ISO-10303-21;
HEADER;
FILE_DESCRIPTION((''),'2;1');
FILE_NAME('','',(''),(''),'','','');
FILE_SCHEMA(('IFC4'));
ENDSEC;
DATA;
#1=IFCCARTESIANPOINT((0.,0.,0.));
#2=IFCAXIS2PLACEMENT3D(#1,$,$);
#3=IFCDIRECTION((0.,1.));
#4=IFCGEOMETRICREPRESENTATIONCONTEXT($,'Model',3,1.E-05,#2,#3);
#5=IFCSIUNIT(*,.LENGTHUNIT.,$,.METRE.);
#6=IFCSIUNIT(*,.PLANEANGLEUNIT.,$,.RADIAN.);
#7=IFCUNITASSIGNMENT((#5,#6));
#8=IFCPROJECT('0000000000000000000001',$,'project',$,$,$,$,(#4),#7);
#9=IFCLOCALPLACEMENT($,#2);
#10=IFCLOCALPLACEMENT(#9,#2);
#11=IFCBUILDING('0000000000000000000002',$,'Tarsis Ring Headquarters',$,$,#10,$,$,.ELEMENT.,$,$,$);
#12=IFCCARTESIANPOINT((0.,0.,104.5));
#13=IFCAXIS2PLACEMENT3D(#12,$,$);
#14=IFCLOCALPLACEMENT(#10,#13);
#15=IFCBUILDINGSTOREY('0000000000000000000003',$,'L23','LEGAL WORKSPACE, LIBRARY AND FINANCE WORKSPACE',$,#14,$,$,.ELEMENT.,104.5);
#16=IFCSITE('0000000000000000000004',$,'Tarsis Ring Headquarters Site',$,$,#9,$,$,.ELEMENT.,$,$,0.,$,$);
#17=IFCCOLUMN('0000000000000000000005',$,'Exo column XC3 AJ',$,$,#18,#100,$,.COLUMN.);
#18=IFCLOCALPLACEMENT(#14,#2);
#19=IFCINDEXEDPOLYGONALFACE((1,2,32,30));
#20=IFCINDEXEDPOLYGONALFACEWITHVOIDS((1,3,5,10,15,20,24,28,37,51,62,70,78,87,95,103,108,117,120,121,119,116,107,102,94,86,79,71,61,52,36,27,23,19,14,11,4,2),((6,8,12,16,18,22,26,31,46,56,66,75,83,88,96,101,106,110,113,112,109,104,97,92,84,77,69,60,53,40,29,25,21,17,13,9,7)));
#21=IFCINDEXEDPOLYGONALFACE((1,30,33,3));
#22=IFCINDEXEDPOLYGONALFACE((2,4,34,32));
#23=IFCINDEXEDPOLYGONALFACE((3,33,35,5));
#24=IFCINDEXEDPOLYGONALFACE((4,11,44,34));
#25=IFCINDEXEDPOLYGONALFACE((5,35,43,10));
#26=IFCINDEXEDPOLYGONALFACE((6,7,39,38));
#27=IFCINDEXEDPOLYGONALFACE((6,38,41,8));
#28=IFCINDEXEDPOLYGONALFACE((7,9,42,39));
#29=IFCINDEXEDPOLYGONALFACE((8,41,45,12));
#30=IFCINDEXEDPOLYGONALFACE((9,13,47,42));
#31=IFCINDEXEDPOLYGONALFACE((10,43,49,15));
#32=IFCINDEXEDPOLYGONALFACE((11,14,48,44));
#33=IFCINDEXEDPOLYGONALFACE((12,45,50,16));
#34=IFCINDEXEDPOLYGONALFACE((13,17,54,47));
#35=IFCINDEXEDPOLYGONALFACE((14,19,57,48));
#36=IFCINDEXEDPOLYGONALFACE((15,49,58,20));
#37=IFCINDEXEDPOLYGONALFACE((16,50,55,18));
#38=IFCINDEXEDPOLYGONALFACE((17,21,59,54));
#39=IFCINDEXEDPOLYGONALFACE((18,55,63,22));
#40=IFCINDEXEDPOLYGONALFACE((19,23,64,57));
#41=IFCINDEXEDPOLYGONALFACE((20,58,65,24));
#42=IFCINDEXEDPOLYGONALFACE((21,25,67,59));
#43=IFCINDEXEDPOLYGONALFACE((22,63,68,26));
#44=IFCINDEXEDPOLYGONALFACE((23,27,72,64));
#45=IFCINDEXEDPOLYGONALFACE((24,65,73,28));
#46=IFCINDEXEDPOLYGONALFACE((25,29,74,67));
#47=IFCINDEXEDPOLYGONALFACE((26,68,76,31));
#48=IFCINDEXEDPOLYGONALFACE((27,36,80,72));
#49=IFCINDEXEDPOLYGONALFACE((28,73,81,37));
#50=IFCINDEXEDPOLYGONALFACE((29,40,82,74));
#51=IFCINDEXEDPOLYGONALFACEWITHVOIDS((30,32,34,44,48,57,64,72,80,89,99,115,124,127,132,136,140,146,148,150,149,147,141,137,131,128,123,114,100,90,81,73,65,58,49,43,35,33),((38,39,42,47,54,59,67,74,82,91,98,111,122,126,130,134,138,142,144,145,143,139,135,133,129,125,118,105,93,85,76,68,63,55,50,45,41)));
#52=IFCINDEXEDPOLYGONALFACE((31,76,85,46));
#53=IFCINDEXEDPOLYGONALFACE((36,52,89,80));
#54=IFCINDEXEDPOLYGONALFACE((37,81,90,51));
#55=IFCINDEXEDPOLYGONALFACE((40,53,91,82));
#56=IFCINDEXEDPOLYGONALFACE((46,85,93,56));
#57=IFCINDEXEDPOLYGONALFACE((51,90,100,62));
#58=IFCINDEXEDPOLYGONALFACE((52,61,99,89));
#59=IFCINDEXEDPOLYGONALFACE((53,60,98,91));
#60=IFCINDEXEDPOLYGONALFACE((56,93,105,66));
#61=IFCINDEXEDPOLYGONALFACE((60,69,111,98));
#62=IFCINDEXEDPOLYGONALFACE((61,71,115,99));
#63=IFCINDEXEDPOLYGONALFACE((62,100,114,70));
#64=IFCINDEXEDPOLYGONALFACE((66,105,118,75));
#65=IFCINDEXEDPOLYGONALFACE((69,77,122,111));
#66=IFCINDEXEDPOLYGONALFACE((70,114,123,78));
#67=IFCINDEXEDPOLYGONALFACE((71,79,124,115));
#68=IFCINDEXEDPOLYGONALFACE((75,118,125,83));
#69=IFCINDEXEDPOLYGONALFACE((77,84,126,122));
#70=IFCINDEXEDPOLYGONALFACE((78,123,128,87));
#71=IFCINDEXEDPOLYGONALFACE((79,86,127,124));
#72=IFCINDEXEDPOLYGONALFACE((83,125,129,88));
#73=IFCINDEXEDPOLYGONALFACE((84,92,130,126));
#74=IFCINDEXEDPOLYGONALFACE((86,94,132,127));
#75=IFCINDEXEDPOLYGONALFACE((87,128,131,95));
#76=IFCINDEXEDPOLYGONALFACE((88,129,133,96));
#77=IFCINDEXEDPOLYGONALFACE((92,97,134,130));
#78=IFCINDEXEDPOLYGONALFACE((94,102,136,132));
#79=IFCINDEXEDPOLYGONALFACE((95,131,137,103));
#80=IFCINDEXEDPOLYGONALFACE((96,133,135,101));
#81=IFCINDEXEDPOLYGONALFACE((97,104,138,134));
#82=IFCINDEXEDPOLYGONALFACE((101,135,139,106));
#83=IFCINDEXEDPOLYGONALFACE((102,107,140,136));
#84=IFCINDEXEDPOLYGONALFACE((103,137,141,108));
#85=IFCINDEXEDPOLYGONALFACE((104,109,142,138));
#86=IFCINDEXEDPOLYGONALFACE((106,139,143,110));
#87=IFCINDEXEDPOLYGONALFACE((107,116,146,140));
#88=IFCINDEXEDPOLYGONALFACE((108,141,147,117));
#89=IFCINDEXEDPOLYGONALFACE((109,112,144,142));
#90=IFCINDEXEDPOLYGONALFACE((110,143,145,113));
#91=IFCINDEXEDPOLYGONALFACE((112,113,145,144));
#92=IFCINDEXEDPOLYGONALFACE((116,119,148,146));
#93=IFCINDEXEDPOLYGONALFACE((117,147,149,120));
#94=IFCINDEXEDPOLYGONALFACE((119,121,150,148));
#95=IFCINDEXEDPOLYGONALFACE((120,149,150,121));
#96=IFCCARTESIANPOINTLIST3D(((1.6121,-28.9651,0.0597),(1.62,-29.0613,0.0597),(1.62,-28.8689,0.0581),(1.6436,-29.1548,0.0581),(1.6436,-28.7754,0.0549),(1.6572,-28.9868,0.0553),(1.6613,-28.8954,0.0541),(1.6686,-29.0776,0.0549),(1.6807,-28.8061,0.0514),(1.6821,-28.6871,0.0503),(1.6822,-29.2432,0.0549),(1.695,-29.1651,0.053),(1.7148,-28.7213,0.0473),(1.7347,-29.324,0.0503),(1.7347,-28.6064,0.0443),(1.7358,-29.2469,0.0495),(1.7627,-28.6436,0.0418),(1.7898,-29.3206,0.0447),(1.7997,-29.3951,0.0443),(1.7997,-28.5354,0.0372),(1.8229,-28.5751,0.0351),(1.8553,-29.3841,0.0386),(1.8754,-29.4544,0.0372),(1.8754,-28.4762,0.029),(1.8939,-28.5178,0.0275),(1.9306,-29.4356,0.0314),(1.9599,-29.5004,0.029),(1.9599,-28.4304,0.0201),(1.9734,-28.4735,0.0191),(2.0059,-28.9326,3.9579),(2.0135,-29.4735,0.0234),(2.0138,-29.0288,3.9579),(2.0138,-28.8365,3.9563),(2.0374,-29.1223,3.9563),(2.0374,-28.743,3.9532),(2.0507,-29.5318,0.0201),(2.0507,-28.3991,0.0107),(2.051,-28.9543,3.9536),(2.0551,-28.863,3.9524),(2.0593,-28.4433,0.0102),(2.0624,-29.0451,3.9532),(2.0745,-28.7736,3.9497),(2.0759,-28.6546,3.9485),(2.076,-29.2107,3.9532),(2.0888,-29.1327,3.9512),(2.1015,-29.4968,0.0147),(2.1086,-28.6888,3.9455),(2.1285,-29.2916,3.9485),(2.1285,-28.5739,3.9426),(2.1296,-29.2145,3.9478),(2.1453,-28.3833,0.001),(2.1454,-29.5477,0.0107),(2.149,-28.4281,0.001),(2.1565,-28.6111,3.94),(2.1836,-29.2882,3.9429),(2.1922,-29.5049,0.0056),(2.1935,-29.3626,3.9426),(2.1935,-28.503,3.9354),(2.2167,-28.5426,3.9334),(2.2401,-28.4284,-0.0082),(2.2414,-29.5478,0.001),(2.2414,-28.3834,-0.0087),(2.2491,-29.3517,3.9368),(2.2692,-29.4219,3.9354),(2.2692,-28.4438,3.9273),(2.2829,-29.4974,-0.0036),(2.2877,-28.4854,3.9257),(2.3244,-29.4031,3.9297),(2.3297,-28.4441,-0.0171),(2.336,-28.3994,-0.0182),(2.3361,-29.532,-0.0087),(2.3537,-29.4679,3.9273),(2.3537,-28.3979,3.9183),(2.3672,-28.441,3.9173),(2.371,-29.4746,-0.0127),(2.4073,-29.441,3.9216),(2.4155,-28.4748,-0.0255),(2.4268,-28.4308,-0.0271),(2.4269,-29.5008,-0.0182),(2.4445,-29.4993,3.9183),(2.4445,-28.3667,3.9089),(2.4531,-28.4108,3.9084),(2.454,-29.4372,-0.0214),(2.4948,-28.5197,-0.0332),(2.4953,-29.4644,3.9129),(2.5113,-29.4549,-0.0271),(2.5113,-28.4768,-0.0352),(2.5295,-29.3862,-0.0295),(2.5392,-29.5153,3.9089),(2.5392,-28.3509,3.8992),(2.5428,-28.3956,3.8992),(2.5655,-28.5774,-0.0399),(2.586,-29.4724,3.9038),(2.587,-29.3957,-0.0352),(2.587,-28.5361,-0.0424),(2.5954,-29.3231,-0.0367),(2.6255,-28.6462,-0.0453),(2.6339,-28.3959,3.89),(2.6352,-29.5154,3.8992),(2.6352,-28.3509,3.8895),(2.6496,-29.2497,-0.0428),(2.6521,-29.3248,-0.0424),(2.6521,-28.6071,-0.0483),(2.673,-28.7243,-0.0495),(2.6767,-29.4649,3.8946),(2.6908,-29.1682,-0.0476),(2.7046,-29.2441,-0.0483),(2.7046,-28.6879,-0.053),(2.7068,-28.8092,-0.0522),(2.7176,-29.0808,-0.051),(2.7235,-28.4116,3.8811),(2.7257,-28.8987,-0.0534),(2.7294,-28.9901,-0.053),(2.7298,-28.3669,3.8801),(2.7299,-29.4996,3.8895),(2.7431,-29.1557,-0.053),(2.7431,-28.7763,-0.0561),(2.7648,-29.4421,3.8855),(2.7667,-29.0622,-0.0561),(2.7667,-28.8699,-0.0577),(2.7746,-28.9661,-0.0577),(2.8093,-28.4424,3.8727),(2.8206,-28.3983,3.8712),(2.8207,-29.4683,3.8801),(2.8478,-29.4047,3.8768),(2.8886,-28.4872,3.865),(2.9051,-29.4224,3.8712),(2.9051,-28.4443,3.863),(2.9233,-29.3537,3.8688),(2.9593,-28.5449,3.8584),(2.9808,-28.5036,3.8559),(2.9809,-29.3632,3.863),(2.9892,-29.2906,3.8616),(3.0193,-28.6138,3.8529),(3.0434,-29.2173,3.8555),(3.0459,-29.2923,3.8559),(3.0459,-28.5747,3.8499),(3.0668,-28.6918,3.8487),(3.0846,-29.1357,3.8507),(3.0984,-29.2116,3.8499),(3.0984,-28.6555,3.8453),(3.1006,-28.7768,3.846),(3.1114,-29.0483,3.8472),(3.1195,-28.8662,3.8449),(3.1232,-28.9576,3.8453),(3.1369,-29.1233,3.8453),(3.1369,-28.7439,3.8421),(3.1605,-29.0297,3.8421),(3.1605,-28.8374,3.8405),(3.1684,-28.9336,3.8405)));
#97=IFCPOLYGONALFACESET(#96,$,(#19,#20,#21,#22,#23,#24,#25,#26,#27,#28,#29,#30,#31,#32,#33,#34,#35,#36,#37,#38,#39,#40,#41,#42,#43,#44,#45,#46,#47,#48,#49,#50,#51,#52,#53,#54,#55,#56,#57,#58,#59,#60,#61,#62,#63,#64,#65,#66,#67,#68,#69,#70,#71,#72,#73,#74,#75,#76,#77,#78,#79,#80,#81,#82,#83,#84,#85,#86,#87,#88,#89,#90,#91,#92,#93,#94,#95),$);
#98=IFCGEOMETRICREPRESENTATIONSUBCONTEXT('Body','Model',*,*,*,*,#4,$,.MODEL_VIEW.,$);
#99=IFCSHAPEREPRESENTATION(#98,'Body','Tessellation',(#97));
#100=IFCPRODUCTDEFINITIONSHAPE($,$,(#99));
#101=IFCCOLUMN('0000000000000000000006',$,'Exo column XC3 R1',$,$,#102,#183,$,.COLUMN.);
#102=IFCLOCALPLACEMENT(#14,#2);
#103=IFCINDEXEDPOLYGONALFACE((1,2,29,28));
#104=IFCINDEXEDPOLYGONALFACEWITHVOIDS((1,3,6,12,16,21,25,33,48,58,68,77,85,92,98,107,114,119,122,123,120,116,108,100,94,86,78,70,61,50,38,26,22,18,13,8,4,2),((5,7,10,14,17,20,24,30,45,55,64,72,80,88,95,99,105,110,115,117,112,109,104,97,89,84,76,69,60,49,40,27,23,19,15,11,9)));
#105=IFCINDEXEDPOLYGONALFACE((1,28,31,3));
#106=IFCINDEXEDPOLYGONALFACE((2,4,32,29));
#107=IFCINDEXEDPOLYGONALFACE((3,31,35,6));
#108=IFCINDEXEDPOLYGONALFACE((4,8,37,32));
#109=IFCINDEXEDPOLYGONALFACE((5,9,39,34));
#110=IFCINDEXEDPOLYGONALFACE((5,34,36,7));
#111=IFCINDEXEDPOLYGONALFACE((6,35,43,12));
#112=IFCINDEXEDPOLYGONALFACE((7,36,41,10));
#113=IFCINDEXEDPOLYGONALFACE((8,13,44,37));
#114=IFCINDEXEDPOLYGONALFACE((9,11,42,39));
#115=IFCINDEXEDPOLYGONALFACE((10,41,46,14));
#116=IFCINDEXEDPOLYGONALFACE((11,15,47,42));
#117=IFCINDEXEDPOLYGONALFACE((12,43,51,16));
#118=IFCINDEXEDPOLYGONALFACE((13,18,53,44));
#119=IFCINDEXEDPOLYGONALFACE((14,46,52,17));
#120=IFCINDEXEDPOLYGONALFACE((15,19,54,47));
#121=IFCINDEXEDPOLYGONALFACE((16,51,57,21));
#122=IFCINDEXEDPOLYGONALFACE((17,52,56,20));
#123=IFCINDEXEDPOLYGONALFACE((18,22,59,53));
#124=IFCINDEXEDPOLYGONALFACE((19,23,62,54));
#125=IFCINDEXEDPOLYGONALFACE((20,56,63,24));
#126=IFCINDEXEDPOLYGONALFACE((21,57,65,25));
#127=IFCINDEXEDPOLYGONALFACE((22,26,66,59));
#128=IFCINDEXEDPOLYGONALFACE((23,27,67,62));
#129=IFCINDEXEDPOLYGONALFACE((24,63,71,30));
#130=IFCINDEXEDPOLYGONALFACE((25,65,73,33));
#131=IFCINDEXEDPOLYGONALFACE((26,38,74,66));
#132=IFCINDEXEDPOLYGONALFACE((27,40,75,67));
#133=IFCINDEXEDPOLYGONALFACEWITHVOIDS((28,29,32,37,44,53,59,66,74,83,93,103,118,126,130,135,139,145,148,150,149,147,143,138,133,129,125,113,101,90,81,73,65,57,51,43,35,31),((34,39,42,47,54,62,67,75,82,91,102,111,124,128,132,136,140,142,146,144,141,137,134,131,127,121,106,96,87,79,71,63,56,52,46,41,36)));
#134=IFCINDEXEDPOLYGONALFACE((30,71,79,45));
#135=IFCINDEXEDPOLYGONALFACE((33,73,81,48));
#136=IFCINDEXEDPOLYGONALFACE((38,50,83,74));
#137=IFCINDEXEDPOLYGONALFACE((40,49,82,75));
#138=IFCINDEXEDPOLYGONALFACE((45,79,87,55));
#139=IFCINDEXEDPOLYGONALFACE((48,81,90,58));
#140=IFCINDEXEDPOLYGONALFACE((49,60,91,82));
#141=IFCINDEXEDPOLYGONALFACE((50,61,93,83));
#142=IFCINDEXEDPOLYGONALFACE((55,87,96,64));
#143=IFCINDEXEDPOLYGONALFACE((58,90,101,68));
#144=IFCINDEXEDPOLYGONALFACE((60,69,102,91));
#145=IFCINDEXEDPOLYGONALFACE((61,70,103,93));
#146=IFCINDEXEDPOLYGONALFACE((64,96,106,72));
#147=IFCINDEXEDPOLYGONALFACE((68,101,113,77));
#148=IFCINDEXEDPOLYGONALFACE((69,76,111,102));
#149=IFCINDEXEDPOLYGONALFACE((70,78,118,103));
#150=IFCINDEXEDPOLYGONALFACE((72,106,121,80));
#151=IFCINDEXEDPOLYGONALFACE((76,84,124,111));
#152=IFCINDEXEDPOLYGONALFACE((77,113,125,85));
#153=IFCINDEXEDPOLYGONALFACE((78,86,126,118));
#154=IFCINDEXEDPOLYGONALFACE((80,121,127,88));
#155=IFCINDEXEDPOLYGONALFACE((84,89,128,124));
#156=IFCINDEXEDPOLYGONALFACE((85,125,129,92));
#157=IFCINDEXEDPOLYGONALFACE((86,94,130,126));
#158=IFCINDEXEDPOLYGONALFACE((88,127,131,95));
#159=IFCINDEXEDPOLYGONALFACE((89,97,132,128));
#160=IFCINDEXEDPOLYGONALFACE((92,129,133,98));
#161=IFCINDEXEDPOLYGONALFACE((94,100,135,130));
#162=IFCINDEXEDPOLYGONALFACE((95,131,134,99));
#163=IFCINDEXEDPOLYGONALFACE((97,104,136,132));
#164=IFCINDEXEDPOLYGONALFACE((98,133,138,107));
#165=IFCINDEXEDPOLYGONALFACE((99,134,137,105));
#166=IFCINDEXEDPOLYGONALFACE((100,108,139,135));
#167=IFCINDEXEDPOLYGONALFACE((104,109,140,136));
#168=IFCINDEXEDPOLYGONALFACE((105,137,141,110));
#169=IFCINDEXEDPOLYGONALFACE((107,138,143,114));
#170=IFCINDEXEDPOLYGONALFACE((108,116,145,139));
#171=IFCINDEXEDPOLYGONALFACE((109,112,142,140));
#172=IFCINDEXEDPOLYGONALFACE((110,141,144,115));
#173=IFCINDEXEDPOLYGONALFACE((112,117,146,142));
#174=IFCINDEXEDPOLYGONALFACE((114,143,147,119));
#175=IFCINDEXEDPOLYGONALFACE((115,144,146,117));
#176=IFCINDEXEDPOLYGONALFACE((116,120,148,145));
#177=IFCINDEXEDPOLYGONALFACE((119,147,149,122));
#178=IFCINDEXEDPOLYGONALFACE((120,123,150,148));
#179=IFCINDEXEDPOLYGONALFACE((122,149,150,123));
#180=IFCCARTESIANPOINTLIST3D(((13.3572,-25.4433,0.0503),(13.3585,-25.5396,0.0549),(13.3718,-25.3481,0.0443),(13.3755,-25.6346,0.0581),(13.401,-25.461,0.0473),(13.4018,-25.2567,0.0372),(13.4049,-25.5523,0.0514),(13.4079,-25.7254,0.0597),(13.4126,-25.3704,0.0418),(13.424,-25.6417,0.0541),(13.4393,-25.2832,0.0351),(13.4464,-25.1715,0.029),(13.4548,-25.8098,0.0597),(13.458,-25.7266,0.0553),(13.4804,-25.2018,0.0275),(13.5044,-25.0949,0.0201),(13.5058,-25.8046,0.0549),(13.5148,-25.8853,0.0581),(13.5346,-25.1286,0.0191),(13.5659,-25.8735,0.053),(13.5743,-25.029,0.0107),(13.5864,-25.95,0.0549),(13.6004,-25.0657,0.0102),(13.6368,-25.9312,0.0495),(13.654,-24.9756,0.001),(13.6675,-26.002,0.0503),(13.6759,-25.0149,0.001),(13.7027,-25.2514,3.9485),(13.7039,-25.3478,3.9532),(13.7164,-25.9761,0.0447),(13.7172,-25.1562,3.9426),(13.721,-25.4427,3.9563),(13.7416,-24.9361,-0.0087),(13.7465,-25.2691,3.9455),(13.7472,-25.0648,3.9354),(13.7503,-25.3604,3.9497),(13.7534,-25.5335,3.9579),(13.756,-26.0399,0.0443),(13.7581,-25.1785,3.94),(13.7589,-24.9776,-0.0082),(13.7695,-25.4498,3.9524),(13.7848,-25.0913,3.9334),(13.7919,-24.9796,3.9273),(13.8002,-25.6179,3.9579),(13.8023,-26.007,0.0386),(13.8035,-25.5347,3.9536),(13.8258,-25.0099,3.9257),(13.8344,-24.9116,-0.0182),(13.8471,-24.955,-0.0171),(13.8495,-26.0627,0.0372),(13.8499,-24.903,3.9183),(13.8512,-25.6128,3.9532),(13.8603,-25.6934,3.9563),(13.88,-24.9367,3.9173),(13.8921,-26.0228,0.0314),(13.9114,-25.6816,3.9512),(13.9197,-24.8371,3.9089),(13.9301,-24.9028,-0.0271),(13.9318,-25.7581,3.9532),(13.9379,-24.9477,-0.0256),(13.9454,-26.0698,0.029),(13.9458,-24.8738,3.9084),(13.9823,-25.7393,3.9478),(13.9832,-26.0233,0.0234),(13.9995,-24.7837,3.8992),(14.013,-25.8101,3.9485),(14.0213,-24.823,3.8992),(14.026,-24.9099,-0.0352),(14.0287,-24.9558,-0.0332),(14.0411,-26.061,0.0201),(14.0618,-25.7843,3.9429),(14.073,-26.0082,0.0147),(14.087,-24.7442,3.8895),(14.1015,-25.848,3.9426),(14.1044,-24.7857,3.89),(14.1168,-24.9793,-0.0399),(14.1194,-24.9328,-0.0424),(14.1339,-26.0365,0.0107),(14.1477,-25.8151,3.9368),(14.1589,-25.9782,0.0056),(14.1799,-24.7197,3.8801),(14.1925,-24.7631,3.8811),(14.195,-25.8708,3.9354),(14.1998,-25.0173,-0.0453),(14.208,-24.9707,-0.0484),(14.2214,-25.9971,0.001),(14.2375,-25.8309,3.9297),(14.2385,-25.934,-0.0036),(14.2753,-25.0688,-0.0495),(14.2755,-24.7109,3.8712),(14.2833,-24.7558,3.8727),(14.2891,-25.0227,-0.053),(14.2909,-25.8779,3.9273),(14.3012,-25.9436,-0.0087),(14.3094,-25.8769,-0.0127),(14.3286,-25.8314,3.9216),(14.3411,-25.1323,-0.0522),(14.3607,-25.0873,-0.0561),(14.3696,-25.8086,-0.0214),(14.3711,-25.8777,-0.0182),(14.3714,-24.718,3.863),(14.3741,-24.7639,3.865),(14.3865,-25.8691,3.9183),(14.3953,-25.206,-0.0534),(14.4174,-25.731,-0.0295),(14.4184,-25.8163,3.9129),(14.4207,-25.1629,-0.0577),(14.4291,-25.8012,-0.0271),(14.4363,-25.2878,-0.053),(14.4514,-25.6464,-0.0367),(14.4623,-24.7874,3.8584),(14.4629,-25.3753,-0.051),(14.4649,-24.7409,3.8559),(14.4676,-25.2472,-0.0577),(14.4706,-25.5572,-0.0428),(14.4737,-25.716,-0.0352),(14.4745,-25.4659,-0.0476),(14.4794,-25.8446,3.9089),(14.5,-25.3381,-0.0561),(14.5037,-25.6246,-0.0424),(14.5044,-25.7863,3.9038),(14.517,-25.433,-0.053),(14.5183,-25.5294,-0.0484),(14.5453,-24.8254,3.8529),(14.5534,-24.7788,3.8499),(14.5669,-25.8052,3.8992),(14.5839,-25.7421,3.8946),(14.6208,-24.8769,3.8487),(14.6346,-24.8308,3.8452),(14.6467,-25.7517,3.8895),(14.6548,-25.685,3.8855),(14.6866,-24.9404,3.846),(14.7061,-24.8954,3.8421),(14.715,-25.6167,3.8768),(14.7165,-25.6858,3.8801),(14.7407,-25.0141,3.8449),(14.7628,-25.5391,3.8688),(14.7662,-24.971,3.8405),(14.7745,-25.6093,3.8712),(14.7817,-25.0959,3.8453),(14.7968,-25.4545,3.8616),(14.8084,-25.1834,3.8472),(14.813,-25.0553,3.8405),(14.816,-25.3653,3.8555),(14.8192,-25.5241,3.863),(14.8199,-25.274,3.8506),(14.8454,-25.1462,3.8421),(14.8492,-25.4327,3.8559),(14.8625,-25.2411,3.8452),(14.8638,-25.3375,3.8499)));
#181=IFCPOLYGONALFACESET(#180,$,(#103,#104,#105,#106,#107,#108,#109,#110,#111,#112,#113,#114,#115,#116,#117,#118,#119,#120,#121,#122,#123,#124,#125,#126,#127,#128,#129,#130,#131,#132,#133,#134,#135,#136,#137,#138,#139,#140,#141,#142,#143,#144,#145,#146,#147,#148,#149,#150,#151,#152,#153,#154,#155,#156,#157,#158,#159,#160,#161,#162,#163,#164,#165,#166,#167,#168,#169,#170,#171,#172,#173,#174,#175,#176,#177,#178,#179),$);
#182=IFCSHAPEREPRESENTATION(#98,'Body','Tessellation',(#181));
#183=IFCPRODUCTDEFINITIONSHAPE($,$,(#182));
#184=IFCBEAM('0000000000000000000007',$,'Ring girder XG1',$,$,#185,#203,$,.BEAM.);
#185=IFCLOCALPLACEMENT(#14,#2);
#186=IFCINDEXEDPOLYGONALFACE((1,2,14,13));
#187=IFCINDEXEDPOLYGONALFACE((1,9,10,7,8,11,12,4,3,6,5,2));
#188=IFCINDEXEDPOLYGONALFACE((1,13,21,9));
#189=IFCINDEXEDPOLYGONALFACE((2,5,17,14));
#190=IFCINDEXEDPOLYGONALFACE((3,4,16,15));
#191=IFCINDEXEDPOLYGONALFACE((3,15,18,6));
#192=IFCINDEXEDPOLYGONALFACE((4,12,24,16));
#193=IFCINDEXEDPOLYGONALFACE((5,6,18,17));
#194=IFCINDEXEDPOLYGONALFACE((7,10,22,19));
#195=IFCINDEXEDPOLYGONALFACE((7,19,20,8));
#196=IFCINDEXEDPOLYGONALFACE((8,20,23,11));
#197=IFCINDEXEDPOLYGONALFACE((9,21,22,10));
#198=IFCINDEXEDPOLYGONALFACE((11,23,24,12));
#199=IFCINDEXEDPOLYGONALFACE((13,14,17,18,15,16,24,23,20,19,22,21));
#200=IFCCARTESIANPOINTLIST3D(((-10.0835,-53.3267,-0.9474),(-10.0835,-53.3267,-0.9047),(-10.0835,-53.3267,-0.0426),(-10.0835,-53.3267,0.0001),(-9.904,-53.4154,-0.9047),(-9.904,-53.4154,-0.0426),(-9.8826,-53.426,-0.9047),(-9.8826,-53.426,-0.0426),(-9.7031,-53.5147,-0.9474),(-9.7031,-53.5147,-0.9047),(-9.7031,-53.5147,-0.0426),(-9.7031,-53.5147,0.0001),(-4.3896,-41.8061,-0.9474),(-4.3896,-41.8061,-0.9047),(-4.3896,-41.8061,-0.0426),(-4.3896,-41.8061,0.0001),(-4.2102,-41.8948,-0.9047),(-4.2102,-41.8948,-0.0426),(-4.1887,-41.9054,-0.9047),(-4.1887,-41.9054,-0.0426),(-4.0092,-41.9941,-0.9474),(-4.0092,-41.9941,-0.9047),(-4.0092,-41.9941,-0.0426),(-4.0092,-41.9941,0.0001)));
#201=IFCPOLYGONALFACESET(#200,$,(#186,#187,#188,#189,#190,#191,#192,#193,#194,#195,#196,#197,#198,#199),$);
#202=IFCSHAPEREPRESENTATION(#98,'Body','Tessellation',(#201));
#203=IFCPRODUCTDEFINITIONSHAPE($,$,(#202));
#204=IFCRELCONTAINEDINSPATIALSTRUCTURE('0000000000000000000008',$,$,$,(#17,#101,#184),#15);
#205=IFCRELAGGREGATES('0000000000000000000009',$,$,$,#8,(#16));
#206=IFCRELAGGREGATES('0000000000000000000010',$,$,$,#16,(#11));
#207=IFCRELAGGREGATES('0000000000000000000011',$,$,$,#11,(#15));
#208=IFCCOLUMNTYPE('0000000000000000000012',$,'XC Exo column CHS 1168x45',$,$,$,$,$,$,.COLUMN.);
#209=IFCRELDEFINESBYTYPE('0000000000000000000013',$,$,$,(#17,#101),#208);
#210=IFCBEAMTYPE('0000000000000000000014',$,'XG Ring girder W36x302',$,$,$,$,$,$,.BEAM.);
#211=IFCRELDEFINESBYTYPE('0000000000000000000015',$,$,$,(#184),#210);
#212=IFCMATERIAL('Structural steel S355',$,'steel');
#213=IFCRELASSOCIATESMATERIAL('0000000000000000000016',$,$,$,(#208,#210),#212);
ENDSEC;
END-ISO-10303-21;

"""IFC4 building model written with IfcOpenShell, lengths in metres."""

from ifc_helpers import new_model, si_unit, direction, frame, origin, origin_2d, place, context, subcontext, project, spatial, hollow_circle, i_section, extrude, material, material_profile, profile_set, type_object, element, save


model = new_model("IFC4")

# Units and contexts
model_context = context("Model", 3, precision=1e-05, world=origin(), true_north=direction((0.0, 1.0)))
body_context = subcontext(model_context, "Body", "Model", "MODEL_VIEW")
ifc_project = project(units=[si_unit("LENGTHUNIT", "METRE"), si_unit("PLANEANGLEUNIT", "RADIAN")], contexts=[model_context])

# Site, building, storey
site_placement = place(None, origin())
site = spatial("IfcSite", under=ifc_project, at=site_placement, Name="Tarsis Ring Headquarters Site", CompositionType="ELEMENT", RefElevation=0.0)
building_placement = place(site_placement, origin())
building = spatial("IfcBuilding", under=site, at=building_placement, Name="Tarsis Ring Headquarters", CompositionType="ELEMENT")
storey_placement = place(building_placement, frame((0.0, 0.0, 104.5)))
storey = spatial("IfcBuildingStorey", under=building, at=storey_placement, Name="L23", Description="LEGAL WORKSPACE, LIBRARY AND FINANCE WORKSPACE", CompositionType="ELEMENT", Elevation=104.5)

# Columns
ifc_material_1 = material(Name="Structural steel S355", Category="steel")
ifc_material_profile_1 = material_profile(ifc_material_1, hollow_circle(Radius=0.5842, WallThickness=0.0449, at=origin_2d()), Name="CHS 1168x45")
ifc_profile_set_1 = profile_set([ifc_material_profile_1], Name="Structural steel S355")
column_type = type_object("IfcColumnType", Name="XC Exo column CHS 1168x45", PredefinedType="COLUMN", material=ifc_profile_set_1)
for number, where, z_axis, x_axis, name in (
    (1, (2.1934, -28.9656, 0.001), (0.100506, 0.008287, 0.994902), (-0.082176, 0.996618, 0.0), "Exo column XC3 AJ"),
    (2, (13.9377, -25.4863, 0.001), (0.088168, 0.048976, 0.994901), (-0.48559, 0.874186, 0.0), "Exo column XC3 R1"),
):
    element("IfcColumn", number, at=place(storey_placement, frame(where, z_axis=z_axis, x_axis=x_axis)), inside=storey, type_object=column_type, Name=name, PredefinedType="COLUMN", context=body_context, shape_type="SweptSolid", body=[
        extrude(hollow_circle(Radius=0.5842, WallThickness=0.0449, at=origin_2d()), origin(), (0.0, 0.0, 1.0), 3.9182),
    ])

# Beam
ifc_material_profile_2 = material_profile(ifc_material_1, i_section(OverallWidth=0.4243, OverallDepth=0.9475, WebThickness=0.0239, FlangeThickness=0.0427, at=origin_2d()), Name="W36x302")
ifc_profile_set_2 = profile_set([ifc_material_profile_2], Name="Structural steel S355")
beam_type = type_object("IfcBeamType", Name="XG Ring girder W36x302", PredefinedType="BEAM", material=ifc_profile_set_2)
beam_1_placement = place(storey_placement, frame((-9.8933, -53.4207, -0.4736), z_axis=(0.443075, 0.896485, 0.0), x_axis=(-0.896485, 0.443075, 0.0)))
element("IfcBeam", 3, at=beam_1_placement, inside=storey, type_object=beam_type, Name="Ring girder XG1", PredefinedType="BEAM", context=body_context, shape_type="SweptSolid", body=[
    extrude(i_section(OverallWidth=0.4243, OverallDepth=0.9475, WebThickness=0.0239, FlangeThickness=0.0427, at=origin_2d()), origin(), (0.0, 0.0, 1.0), 12.8508),
])

save(model, "model.ifc")
